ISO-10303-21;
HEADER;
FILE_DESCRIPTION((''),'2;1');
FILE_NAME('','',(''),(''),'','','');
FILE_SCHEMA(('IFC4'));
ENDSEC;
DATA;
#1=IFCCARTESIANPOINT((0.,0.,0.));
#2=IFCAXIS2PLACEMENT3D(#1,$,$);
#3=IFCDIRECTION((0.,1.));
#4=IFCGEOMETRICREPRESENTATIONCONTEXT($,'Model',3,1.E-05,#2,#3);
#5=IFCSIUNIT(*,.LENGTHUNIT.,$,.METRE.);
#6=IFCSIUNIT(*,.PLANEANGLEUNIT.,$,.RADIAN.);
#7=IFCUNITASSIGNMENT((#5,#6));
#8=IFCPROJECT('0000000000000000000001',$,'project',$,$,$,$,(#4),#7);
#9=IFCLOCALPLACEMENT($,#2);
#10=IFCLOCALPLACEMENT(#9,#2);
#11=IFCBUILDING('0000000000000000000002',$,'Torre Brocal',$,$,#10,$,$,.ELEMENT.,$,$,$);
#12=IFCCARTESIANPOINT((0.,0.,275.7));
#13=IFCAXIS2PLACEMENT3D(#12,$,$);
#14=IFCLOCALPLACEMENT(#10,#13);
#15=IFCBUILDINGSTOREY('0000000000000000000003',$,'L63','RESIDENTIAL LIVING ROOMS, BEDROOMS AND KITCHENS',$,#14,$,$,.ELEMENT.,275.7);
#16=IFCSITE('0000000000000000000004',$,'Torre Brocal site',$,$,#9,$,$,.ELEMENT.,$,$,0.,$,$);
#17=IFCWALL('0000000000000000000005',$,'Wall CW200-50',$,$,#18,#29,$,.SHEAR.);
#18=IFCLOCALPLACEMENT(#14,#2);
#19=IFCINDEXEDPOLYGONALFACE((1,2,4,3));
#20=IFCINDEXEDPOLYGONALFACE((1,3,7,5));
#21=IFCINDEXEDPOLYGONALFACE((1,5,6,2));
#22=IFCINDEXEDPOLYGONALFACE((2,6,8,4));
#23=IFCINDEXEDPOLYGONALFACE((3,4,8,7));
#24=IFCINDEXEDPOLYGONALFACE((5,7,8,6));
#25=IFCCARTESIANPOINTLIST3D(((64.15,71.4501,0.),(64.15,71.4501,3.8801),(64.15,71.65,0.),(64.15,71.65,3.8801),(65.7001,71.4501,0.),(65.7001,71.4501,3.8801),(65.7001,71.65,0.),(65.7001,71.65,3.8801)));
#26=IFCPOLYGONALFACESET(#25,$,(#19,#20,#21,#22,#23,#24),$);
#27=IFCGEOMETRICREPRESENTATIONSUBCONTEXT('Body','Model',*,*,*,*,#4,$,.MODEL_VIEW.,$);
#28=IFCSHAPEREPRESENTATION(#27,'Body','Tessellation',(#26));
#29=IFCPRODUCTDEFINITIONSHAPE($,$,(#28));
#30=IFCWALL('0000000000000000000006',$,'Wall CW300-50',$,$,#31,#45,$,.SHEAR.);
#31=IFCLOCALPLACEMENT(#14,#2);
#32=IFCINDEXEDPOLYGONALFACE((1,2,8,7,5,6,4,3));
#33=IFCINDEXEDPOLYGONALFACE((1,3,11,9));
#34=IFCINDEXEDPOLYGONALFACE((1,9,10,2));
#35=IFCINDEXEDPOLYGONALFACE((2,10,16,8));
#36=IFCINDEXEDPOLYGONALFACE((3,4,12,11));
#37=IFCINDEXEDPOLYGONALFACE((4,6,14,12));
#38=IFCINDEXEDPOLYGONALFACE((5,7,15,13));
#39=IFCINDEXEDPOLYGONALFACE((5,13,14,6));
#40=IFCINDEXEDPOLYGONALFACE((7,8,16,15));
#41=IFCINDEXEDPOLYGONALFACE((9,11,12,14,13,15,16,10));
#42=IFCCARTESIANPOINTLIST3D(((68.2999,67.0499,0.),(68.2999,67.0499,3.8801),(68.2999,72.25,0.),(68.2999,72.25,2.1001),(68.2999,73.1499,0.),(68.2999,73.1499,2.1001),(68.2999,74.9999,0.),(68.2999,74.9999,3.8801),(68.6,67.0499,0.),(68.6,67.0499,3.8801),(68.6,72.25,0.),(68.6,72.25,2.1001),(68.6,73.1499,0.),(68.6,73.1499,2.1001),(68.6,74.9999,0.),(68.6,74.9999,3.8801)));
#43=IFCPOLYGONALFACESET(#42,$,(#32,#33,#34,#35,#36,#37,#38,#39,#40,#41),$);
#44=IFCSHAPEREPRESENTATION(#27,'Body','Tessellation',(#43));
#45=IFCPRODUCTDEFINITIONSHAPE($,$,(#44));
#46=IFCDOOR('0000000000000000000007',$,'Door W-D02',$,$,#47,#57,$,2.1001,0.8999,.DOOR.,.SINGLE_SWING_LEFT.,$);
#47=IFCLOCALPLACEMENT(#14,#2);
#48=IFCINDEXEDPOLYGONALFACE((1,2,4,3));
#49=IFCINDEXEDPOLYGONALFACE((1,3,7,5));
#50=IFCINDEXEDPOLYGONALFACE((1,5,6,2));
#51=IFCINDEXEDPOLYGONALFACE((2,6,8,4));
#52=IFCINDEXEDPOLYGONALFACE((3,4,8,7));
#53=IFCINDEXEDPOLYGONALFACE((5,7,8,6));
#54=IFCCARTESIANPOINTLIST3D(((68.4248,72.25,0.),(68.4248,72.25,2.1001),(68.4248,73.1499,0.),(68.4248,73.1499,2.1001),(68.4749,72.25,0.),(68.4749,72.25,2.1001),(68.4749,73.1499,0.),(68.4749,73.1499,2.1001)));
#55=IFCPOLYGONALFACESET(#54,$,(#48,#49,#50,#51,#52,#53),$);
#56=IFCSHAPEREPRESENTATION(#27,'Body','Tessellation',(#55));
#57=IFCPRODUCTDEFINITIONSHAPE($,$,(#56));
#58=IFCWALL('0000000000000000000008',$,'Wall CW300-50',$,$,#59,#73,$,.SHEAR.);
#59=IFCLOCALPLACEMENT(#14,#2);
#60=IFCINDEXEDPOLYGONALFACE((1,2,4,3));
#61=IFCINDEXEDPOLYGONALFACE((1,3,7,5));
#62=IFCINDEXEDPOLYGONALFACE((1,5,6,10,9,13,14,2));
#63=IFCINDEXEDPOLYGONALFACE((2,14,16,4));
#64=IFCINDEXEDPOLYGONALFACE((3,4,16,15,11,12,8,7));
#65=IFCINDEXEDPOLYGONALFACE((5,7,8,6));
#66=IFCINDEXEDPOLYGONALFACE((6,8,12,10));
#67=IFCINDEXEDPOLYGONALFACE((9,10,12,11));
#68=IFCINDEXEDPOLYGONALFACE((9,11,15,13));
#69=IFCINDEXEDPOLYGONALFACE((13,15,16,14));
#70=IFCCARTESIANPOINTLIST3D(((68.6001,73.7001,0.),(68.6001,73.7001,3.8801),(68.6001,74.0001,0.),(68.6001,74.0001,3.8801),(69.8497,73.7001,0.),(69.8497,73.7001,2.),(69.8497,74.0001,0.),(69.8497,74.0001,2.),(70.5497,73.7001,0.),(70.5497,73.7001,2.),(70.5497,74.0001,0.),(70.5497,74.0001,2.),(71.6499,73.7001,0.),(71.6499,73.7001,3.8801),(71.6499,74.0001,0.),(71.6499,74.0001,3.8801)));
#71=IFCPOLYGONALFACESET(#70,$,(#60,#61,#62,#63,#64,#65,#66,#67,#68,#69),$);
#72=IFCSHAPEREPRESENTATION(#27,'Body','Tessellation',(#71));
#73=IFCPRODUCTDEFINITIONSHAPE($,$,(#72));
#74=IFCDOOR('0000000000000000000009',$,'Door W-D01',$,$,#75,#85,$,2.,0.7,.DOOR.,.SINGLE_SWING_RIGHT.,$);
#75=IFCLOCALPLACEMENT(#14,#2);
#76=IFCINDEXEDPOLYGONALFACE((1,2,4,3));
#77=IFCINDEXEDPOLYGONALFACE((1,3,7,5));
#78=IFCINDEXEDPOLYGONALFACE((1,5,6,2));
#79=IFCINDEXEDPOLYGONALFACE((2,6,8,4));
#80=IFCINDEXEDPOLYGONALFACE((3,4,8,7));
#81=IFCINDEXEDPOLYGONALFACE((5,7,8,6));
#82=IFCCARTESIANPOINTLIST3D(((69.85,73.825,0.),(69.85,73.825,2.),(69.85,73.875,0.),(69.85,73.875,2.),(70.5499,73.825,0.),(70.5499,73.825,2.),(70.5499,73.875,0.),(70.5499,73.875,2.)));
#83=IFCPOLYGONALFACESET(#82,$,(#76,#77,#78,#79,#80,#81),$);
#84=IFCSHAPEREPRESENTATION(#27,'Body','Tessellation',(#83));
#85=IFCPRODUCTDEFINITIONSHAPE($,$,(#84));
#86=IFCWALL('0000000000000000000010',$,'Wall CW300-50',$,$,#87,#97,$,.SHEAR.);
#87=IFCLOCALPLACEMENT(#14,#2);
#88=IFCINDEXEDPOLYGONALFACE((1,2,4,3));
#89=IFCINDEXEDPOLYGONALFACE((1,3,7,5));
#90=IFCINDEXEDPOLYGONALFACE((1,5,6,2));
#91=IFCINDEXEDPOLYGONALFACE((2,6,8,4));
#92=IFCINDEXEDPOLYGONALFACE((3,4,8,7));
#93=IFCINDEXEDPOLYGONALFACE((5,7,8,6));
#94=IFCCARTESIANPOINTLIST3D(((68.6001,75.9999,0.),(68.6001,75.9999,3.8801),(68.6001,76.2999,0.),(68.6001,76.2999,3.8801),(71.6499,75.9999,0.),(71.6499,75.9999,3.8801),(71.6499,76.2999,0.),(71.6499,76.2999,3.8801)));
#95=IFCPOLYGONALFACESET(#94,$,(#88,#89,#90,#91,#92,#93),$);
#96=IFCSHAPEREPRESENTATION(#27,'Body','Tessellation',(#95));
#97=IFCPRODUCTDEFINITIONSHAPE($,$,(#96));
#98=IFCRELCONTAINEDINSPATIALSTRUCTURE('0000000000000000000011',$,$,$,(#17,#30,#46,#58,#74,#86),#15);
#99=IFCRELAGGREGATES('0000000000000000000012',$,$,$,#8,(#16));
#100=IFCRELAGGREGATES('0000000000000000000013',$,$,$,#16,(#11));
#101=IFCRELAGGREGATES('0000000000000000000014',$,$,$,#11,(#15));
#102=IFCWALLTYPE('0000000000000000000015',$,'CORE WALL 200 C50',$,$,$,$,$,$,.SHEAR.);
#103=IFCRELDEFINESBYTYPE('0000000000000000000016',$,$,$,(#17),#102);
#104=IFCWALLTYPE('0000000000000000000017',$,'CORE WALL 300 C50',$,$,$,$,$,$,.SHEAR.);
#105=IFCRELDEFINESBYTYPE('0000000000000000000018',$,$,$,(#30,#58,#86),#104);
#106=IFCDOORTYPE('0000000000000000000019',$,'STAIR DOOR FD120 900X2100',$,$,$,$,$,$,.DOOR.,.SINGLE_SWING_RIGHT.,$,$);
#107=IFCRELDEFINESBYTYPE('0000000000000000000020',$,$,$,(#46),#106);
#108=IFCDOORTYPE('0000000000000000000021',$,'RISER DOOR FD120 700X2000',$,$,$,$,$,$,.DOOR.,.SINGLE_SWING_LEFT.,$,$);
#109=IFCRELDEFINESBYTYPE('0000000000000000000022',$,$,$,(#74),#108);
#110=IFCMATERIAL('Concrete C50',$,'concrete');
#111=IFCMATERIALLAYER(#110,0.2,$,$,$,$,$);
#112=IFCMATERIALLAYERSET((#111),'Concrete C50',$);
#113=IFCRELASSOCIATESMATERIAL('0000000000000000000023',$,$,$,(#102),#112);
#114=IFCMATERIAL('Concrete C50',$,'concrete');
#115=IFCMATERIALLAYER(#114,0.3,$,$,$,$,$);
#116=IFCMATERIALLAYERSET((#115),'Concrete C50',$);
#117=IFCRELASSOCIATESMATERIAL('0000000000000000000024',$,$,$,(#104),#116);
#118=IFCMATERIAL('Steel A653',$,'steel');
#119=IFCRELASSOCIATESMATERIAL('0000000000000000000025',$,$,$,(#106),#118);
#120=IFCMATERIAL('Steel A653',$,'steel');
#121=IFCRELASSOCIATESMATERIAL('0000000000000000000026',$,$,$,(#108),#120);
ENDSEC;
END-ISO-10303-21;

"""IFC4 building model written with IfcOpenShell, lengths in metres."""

from ifc_helpers import new_model, si_unit, direction, frame, frame_2d, origin, place, context, subcontext, project, spatial, rectangle, extrude, material, layer, layer_set, type_object, element, fill, save


model = new_model("IFC4")

# Units and contexts
model_context = context("Model", 3, precision=1e-05, world=origin(), true_north=direction((0.0, 1.0)))
body_context = subcontext(model_context, "Body", "Model", "MODEL_VIEW")
ifc_project = project(units=[si_unit("LENGTHUNIT", "METRE"), si_unit("PLANEANGLEUNIT", "RADIAN")], contexts=[model_context])

# Site, building, storey
site_placement = place(None, origin())
site = spatial("IfcSite", under=ifc_project, at=site_placement, Name="Torre Brocal site", CompositionType="ELEMENT", RefElevation=0.0)
building_placement = place(site_placement, origin())
building = spatial("IfcBuilding", under=site, at=building_placement, Name="Torre Brocal", CompositionType="ELEMENT")
storey_placement = place(building_placement, frame((0.0, 0.0, 275.7)))
storey = spatial("IfcBuildingStorey", under=building, at=storey_placement, Name="L63", Description="RESIDENTIAL LIVING ROOMS, BEDROOMS AND KITCHENS", CompositionType="ELEMENT", Elevation=275.7)

# Wall
ifc_material_1 = material(Name="Concrete C50", Category="concrete")
ifc_layer_1 = layer(ifc_material_1, 0.2)
ifc_layer_set_1 = layer_set([ifc_layer_1], Name="Concrete C50")
wall_type_1 = type_object("IfcWallType", Name="CORE WALL 200 C50", PredefinedType="SHEAR", material=ifc_layer_set_1)
wall_1_placement = place(storey_placement, frame((65.7, 71.55, 0.0), z_axis=(0.0, 0.0, 1.0), x_axis=(-1.0, 0.0, 0.0)))
element("IfcWall", 1, at=wall_1_placement, inside=storey, type_object=wall_type_1, Name="Wall CW200-50", PredefinedType="SHEAR", context=body_context, shape_type="SweptSolid", body=[
    extrude(rectangle(XDim=1.55, YDim=0.2, at=frame_2d((0.7749, 0.0))), origin(), (0.0, 0.0, 1.0), 3.8801),
])

# Walls, openings, doors
ifc_material_2 = material(Name="Concrete C50", Category="concrete")
ifc_layer_2 = layer(ifc_material_2, 0.3)
ifc_layer_set_2 = layer_set([ifc_layer_2], Name="Concrete C50")
wall_type_2 = type_object("IfcWallType", Name="CORE WALL 300 C50", PredefinedType="SHEAR", material=ifc_layer_set_2)
wall_2_placement = place(storey_placement, frame((68.45, 75.0, 0.0), z_axis=(0.0, 0.0, 1.0), x_axis=(0.0, -1.0, 0.0)))
wall_2 = element("IfcWall", 2, at=wall_2_placement, inside=storey, type_object=wall_type_2, Name="Wall CW300-50", PredefinedType="SHEAR", context=body_context, shape_type="SweptSolid", body=[
    extrude(rectangle(XDim=7.95, YDim=0.3, at=frame_2d((3.9751, 0.0))), origin(), (0.0, 0.0, 1.0), 3.8801),
])
opening_1_placement = place(wall_2_placement, frame((1.8501, 0.0, 0.0)))
opening_1 = element("IfcOpeningElement", 3, at=opening_1_placement, cuts=wall_2, PredefinedType="OPENING", context=body_context, shape_type="SweptSolid", body=[
    extrude(rectangle(XDim=0.8999, YDim=2.1001, at=frame_2d((0.45, 1.05))), frame((0.0, 0.1599, 0.0), z_axis=(0.0, -1.0, 0.0), x_axis=(1.0, 0.0, 0.0)), (0.0, 0.0, 1.0), 0.3201),
])
ifc_material_3 = material(Name="Steel A653", Category="steel")
door_type_1 = type_object("IfcDoorType", Name="STAIR DOOR FD120 900X2100", OperationType="SINGLE_SWING_RIGHT", PredefinedType="DOOR", material=ifc_material_3)
door_1_placement = place(opening_1_placement, origin())
door_1 = element("IfcDoor", 4, at=door_1_placement, inside=storey, type_object=door_type_1, Name="Door W-D02", OperationType="SINGLE_SWING_LEFT", OverallHeight=2.1001, OverallWidth=0.8999, PredefinedType="DOOR", context=body_context, shape_type="SweptSolid", body=[
    extrude(rectangle(XDim=0.8999, YDim=2.1001, at=frame_2d((0.45, 1.05))), frame((0.0, 0.0249, 0.0), z_axis=(0.0, -1.0, 0.0), x_axis=(1.0, 0.0, 0.0)), (0.0, 0.0, 1.0), 0.05),
])
fill(opening_1, door_1)
wall_3_placement = place(storey_placement, frame((71.6499, 73.8501, 0.0), z_axis=(0.0, 0.0, 1.0), x_axis=(-1.0, 0.0, 0.0)))
wall_3 = element("IfcWall", 5, at=wall_3_placement, inside=storey, type_object=wall_type_2, Name="Wall CW300-50", PredefinedType="SHEAR", context=body_context, shape_type="SweptSolid", body=[
    extrude(rectangle(XDim=3.0498, YDim=0.3, at=frame_2d((1.5249, 0.0))), origin(), (0.0, 0.0, 1.0), 3.8801),
])
opening_2_placement = place(wall_3_placement, frame((1.1001, 0.0, 0.0)))
opening_2 = element("IfcOpeningElement", 6, at=opening_2_placement, cuts=wall_3, PredefinedType="OPENING", context=body_context, shape_type="SweptSolid", body=[
    extrude(rectangle(XDim=0.7, YDim=2.0, at=frame_2d((0.3501, 1.0))), frame((0.0, 0.1599, 0.0), z_axis=(0.0, -1.0, 0.0), x_axis=(1.0, 0.0, 0.0)), (0.0, 0.0, 1.0), 0.3201),
])
ifc_material_4 = material(Name="Steel A653", Category="steel")
door_type_2 = type_object("IfcDoorType", Name="RISER DOOR FD120 700X2000", OperationType="SINGLE_SWING_LEFT", PredefinedType="DOOR", material=ifc_material_4)
door_2_placement = place(opening_2_placement, frame((0.7, 0.0, 0.0), z_axis=(0.0, 0.0, 1.0), x_axis=(-1.0, 0.0, 0.0)))
door_2 = element("IfcDoor", 7, at=door_2_placement, inside=storey, type_object=door_type_2, Name="Door W-D01", OperationType="SINGLE_SWING_RIGHT", OverallHeight=2.0, OverallWidth=0.7, PredefinedType="DOOR", context=body_context, shape_type="SweptSolid", body=[
    extrude(rectangle(XDim=0.7, YDim=2.0, at=frame_2d((0.3501, 1.0))), frame((0.0, 0.0249, 0.0), z_axis=(0.0, -1.0, 0.0), x_axis=(1.0, 0.0, 0.0)), (0.0, 0.0, 1.0), 0.05),
])
fill(opening_2, door_2)

# Wall
wall_4_placement = place(storey_placement, frame((71.6499, 76.1499, 0.0), z_axis=(0.0, 0.0, 1.0), x_axis=(-1.0, 0.0, 0.0)))
element("IfcWall", 8, at=wall_4_placement, inside=storey, type_object=wall_type_2, Name="Wall CW300-50", PredefinedType="SHEAR", context=body_context, shape_type="SweptSolid", body=[
    extrude(rectangle(XDim=3.0498, YDim=0.3, at=frame_2d((1.5249, 0.0))), origin(), (0.0, 0.0, 1.0), 3.8801),
])

save(model, "model.ifc")
